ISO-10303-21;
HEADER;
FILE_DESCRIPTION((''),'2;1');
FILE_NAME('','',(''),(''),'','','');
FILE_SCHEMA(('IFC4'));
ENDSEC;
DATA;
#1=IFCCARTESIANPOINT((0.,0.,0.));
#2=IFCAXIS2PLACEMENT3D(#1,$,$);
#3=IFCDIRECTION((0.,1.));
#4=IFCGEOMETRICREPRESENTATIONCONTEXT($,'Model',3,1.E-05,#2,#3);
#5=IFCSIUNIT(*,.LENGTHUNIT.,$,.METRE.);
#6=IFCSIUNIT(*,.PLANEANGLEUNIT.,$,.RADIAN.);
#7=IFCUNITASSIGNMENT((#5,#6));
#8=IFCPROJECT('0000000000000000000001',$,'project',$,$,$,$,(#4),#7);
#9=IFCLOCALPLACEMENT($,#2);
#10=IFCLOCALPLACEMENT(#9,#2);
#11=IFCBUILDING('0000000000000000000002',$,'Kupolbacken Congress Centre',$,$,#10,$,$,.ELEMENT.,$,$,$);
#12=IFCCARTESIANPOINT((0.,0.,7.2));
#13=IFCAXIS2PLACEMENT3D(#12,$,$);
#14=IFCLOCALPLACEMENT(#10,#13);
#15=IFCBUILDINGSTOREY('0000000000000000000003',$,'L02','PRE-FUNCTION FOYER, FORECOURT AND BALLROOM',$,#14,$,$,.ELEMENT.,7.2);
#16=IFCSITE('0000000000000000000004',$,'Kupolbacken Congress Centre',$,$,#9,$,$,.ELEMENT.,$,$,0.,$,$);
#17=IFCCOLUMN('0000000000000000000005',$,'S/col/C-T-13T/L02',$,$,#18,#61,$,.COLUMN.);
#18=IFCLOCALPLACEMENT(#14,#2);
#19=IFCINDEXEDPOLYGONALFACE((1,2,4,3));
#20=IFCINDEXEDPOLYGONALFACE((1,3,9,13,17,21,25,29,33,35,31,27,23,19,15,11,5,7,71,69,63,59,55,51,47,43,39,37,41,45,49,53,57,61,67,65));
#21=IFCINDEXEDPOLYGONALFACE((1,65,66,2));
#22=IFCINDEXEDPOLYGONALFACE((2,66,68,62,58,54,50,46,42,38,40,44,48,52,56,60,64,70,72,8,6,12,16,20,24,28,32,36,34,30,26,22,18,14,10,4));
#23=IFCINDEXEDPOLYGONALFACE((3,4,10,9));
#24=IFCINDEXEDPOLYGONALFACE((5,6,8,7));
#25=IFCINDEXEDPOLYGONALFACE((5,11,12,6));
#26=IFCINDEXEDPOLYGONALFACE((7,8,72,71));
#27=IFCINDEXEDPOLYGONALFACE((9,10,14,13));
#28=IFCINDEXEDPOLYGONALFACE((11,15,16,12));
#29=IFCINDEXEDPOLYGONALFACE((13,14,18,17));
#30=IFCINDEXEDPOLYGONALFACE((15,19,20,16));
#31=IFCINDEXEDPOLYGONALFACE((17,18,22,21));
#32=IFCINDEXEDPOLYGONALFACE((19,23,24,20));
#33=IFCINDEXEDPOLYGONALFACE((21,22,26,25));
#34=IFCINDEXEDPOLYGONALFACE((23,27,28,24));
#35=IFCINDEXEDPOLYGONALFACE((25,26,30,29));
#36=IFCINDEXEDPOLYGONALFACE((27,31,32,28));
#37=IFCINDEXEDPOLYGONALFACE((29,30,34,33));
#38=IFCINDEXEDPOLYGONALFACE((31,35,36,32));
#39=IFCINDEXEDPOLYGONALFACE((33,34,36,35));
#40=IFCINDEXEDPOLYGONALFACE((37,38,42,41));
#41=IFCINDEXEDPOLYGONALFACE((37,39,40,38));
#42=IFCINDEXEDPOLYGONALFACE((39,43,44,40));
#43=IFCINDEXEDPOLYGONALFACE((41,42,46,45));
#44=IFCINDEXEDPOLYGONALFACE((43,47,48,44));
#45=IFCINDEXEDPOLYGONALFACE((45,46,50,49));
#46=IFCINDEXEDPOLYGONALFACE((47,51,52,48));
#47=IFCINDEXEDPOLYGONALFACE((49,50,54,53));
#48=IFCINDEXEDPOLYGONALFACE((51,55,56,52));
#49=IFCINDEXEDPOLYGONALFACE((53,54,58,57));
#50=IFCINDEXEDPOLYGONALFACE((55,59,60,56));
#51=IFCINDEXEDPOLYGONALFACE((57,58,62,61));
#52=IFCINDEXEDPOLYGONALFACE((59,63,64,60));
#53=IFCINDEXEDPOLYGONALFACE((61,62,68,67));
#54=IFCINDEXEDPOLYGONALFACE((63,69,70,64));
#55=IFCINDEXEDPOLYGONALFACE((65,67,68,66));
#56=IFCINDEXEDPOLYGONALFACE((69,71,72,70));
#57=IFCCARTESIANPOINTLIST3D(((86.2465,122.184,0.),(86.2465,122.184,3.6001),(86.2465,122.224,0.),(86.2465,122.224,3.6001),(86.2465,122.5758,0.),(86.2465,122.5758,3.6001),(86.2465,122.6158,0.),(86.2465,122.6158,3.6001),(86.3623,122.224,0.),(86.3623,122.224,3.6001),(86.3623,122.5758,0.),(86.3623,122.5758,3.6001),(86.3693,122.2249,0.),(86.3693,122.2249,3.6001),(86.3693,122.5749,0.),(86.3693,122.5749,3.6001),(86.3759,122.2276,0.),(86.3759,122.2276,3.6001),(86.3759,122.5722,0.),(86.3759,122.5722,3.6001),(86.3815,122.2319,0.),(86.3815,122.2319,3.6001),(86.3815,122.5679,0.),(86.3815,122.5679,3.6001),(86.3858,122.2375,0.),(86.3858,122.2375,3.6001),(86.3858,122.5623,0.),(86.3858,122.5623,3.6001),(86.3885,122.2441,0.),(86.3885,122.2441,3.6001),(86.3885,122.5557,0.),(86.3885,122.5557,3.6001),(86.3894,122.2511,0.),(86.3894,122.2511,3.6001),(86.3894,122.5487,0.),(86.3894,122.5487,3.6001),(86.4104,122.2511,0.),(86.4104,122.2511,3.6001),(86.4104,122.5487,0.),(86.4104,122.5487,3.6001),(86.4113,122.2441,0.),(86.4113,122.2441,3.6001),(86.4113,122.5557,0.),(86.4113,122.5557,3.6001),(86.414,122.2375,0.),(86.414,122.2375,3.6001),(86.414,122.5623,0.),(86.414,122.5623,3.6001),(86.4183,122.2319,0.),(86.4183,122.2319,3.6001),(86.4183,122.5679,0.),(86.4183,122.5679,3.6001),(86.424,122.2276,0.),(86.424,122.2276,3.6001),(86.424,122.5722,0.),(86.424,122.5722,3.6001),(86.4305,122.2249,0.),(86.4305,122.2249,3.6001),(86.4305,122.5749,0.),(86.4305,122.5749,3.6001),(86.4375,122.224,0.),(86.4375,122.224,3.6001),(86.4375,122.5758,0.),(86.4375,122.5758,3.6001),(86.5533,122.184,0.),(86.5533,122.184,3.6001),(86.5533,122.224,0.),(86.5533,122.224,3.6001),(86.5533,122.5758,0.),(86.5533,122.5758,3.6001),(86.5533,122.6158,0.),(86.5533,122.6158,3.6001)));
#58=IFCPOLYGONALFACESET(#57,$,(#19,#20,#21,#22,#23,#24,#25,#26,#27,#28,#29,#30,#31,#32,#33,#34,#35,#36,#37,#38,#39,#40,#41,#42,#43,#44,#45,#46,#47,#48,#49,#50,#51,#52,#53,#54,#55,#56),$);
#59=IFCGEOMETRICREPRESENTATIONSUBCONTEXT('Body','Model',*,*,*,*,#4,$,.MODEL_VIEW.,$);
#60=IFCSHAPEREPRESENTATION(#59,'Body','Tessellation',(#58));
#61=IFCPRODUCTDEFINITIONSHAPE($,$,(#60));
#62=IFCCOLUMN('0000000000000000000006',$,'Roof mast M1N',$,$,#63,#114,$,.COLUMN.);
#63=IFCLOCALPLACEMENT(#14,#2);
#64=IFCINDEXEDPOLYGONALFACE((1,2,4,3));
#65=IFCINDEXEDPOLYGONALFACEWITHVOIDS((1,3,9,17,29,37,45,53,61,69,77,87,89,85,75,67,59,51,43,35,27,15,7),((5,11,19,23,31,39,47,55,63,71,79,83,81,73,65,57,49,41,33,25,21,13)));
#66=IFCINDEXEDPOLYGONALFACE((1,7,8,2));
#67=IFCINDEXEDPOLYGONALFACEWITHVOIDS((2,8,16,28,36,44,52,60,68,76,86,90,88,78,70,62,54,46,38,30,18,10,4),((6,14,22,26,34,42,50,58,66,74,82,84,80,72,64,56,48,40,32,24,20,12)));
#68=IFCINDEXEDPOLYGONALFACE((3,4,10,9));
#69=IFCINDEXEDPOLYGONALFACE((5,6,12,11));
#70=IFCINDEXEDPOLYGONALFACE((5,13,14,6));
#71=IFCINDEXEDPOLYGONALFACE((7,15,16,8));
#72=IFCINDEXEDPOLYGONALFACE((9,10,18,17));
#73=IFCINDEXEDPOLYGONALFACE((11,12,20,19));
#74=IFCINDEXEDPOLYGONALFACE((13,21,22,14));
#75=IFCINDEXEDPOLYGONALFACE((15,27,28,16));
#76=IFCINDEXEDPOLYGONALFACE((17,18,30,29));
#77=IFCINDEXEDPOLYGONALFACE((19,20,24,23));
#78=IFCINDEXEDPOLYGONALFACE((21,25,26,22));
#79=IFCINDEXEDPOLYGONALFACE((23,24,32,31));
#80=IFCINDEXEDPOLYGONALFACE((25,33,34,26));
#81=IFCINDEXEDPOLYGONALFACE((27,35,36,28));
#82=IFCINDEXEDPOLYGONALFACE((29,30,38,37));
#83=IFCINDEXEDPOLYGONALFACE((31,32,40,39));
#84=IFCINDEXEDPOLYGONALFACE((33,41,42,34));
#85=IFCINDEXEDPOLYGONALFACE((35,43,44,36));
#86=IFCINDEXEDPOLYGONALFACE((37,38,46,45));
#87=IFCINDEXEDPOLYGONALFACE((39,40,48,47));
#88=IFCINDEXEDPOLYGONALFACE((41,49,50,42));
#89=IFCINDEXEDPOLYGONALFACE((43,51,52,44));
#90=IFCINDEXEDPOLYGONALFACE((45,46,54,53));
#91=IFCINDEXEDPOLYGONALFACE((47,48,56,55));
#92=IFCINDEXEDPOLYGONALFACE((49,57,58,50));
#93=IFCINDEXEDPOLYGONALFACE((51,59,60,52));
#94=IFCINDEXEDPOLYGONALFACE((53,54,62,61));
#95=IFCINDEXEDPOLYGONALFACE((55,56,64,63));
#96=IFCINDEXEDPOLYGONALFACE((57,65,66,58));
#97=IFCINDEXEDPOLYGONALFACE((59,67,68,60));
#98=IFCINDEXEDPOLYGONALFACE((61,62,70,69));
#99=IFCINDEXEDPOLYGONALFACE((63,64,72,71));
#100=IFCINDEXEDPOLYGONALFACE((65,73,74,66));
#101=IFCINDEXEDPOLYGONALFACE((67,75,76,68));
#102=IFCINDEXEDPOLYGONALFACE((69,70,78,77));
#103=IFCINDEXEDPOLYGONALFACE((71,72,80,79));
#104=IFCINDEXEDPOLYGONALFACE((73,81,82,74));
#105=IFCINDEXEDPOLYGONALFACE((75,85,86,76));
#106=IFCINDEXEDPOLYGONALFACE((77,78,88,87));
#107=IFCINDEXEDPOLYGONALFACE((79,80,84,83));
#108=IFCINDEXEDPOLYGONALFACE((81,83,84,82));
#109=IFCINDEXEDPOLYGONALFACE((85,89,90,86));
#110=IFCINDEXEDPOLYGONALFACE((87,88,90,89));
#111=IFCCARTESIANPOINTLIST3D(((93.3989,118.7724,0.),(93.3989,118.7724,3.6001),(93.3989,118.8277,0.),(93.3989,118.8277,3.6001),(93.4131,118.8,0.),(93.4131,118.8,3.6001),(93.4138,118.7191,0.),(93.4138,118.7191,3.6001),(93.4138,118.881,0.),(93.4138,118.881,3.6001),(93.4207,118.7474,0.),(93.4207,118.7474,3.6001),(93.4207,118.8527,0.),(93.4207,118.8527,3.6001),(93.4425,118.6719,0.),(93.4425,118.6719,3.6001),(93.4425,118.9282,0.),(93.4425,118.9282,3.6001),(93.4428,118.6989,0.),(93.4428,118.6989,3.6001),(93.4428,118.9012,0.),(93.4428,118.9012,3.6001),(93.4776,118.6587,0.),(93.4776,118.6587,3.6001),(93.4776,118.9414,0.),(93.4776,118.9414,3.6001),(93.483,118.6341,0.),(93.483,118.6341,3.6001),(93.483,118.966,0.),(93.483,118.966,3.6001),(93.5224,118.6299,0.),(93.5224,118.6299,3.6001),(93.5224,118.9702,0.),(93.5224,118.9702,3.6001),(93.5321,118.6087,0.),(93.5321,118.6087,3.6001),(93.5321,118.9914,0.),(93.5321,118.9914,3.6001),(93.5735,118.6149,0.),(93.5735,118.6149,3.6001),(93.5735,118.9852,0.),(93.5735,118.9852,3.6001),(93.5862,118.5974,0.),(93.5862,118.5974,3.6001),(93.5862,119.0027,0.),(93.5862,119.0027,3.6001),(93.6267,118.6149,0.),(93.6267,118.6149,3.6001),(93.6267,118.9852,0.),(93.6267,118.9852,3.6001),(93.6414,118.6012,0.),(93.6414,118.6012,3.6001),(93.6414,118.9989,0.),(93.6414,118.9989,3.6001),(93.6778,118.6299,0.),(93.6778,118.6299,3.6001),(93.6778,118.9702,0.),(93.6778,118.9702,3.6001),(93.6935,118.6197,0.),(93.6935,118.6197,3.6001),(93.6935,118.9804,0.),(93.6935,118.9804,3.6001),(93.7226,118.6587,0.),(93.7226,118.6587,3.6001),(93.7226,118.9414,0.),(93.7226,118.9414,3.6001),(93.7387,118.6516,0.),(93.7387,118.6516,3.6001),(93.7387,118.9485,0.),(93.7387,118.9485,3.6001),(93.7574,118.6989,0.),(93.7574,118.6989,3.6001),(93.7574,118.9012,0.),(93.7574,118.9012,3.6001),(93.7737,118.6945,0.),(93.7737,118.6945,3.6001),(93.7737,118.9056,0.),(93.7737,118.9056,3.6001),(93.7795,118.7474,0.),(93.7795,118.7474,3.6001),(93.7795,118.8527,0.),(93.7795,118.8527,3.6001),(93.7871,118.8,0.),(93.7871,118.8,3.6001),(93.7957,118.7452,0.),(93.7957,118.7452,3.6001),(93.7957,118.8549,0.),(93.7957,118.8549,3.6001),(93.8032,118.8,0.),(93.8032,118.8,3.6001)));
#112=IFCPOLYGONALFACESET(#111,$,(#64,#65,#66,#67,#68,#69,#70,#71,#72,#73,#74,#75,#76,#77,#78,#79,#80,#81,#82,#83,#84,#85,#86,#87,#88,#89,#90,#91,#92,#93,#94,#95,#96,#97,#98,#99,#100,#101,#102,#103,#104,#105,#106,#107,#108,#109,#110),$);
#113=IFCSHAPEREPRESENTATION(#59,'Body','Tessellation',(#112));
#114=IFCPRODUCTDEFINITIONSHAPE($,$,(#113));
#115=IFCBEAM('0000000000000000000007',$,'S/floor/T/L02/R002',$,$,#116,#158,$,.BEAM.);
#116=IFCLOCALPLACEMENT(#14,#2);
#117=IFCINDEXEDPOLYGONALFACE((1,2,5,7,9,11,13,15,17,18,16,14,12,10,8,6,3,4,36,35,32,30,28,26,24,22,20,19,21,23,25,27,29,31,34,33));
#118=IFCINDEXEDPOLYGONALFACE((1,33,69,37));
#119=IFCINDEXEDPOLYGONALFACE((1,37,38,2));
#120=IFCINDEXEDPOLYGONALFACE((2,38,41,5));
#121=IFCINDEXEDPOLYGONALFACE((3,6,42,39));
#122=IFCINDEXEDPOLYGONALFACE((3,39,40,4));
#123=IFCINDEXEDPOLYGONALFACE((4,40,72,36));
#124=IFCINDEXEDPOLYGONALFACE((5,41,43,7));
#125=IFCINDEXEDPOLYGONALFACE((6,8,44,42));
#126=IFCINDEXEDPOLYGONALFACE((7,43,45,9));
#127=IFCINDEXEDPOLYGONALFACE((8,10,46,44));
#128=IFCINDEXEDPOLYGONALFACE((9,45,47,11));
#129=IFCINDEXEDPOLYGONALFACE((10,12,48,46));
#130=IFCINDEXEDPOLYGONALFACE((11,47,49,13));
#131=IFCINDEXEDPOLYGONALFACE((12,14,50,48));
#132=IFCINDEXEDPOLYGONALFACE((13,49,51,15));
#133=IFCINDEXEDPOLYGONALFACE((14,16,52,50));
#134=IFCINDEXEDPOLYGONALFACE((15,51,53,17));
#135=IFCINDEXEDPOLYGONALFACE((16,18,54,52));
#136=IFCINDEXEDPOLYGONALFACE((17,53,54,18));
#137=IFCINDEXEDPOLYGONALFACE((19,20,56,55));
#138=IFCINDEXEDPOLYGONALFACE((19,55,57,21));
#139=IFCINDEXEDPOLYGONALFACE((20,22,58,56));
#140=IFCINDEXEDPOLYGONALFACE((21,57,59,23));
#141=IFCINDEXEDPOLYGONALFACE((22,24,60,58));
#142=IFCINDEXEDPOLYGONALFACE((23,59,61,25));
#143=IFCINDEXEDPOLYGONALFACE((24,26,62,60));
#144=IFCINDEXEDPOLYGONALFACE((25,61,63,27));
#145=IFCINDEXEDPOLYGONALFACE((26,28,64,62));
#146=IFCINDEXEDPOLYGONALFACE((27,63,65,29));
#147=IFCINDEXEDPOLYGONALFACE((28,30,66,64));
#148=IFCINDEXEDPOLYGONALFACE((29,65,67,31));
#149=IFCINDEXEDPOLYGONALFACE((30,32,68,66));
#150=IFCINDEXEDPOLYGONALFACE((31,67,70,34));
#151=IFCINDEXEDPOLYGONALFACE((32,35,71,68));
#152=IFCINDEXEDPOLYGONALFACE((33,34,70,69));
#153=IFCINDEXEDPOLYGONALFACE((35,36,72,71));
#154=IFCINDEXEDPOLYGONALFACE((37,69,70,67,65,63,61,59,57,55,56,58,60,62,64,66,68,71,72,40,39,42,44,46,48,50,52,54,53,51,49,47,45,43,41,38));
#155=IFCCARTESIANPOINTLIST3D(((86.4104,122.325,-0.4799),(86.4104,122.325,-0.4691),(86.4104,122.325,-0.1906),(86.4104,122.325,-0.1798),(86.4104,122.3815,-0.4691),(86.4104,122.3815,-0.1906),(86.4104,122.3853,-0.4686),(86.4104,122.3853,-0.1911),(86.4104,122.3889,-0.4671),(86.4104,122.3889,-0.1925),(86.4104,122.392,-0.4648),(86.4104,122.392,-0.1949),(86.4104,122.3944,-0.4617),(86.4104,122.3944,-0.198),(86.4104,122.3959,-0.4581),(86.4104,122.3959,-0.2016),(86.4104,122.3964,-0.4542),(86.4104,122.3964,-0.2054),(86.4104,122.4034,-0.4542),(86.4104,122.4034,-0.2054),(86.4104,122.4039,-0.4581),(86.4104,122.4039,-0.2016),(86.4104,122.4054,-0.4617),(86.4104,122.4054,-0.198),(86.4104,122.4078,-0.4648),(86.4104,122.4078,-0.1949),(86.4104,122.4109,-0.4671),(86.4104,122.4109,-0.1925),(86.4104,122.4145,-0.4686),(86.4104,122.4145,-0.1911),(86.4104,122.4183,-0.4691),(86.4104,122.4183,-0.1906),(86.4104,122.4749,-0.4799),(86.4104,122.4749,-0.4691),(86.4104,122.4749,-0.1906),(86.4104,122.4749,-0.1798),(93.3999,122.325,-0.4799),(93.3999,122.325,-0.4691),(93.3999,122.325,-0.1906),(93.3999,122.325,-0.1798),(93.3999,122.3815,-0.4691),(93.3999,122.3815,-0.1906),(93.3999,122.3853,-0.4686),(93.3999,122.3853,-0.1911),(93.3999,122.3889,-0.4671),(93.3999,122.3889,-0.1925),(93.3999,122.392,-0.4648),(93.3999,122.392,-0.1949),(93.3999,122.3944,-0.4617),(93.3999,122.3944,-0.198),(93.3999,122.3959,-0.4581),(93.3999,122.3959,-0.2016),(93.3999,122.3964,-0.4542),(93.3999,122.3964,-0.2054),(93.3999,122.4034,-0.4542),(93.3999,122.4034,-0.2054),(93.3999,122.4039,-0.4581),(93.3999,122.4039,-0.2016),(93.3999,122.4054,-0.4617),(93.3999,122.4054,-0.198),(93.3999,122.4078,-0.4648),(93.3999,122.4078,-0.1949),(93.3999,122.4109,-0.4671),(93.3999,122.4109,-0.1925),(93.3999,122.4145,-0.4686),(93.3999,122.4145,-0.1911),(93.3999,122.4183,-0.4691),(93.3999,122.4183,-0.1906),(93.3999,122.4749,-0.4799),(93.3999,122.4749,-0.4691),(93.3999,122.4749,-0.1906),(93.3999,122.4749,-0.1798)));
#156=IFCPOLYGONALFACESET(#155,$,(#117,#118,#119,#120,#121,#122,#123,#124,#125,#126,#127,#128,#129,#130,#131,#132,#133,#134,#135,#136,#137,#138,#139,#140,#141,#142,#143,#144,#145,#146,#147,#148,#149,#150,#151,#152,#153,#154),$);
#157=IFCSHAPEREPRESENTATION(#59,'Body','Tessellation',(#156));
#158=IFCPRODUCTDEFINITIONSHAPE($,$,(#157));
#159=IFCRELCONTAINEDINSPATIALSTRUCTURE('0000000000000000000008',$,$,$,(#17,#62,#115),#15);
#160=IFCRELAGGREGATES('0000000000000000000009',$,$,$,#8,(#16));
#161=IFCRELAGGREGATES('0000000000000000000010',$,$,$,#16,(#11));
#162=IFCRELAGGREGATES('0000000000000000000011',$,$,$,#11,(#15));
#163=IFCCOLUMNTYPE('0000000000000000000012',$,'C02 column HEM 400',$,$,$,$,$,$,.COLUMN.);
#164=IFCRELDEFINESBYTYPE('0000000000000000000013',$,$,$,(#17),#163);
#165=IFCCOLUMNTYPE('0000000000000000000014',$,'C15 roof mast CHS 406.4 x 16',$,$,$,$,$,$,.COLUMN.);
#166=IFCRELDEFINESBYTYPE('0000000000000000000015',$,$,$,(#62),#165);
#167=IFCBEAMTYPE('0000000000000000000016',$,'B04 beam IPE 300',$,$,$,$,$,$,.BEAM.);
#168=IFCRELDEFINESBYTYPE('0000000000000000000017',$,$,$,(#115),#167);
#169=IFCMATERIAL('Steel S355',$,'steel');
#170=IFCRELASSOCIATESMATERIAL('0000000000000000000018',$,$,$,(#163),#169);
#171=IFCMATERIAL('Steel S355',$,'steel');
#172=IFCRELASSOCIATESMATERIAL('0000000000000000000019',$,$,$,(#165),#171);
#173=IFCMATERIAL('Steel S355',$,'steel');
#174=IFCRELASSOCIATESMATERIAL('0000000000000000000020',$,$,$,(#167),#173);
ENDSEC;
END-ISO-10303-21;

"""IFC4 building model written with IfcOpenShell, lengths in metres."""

from ifc_helpers import new_model, si_unit, direction, frame, origin, origin_2d, place, context, subcontext, project, spatial, hollow_circle, i_section, extrude, material, material_profile, profile_set, type_object, element, save


model = new_model("IFC4")

# Units and contexts
model_context = context("Model", 3, precision=1e-05, world=origin(), true_north=direction((0.0, 1.0)))
body_context = subcontext(model_context, "Body", "Model", "MODEL_VIEW")
ifc_project = project(units=[si_unit("LENGTHUNIT", "METRE"), si_unit("PLANEANGLEUNIT", "RADIAN")], contexts=[model_context])

# Site, building, storey
site_placement = place(None, origin())
site = spatial("IfcSite", under=ifc_project, at=site_placement, Name="Kupolbacken Congress Centre", CompositionType="ELEMENT", RefElevation=0.0)
building_placement = place(site_placement, origin())
building = spatial("IfcBuilding", under=site, at=building_placement, Name="Kupolbacken Congress Centre", CompositionType="ELEMENT")
storey_placement = place(building_placement, frame((0.0, 0.0, 7.2)))
storey = spatial("IfcBuildingStorey", under=building, at=storey_placement, Name="L02", Description="PRE-FUNCTION FOYER, FORECOURT AND BALLROOM", CompositionType="ELEMENT", Elevation=7.2)

# Columns
ifc_material_1 = material(Name="Steel S355", Category="steel")
ifc_material_profile_1 = material_profile(ifc_material_1, i_section(OverallWidth=0.3069, OverallDepth=0.4319, WebThickness=0.021, FlangeThickness=0.04, FilletRadius=0.0271, at=origin_2d()), Name="HEM 400")
ifc_profile_set_1 = profile_set([ifc_material_profile_1], Name="Steel S355")
column_type_1 = type_object("IfcColumnType", Name="C02 column HEM 400", PredefinedType="COLUMN", material=ifc_profile_set_1)
column_1_placement = place(storey_placement, frame((86.3999, 122.3999, 0.0), z_axis=(0.0, 0.0, 1.0), x_axis=(1.0, 0.0, 0.0)))
element("IfcColumn", 1, at=column_1_placement, inside=storey, type_object=column_type_1, Name="S/col/C-T-13T/L02", PredefinedType="COLUMN", context=body_context, shape_type="SweptSolid", body=[
    extrude(i_section(OverallWidth=0.3069, OverallDepth=0.4319, WebThickness=0.021, FlangeThickness=0.04, FilletRadius=0.0271, at=origin_2d()), origin(), (0.0, 0.0, 1.0), 3.6001),
])
ifc_material_2 = material(Name="Steel S355", Category="steel")
ifc_material_profile_2 = material_profile(ifc_material_2, hollow_circle(Radius=0.2031, WallThickness=0.0161, at=origin_2d()), Name="CHS 406.4 x 16")
ifc_profile_set_2 = profile_set([ifc_material_profile_2], Name="Steel S355")
column_type_2 = type_object("IfcColumnType", Name="C15 roof mast CHS 406.4 x 16", PredefinedType="COLUMN", material=ifc_profile_set_2)
column_2_placement = place(storey_placement, frame((93.6001, 118.8, 0.0), z_axis=(0.0, 0.0, 1.0), x_axis=(1.0, 0.0, 0.0)))
element("IfcColumn", 2, at=column_2_placement, inside=storey, type_object=column_type_2, Name="Roof mast M1N", PredefinedType="COLUMN", context=body_context, shape_type="SweptSolid", body=[
    extrude(hollow_circle(Radius=0.2031, WallThickness=0.0161, at=origin_2d()), origin(), (0.0, 0.0, 1.0), 3.6001),
])

# Beam
ifc_material_3 = material(Name="Steel S355", Category="steel")
ifc_material_profile_3 = material_profile(ifc_material_3, i_section(OverallWidth=0.1499, OverallDepth=0.3, WebThickness=0.0071, FlangeThickness=0.0107, FilletRadius=0.0149, at=origin_2d()), Name="IPE 300")
ifc_profile_set_3 = profile_set([ifc_material_profile_3], Name="Steel S355")
beam_type_1 = type_object("IfcBeamType", Name="B04 beam IPE 300", PredefinedType="BEAM", material=ifc_profile_set_3)
beam_1_placement = place(storey_placement, frame((86.4104, 122.3999, -0.3298), z_axis=(1.0, 0.0, 0.0), x_axis=(0.0, 1.0, 0.0)))
element("IfcBeam", 3, at=beam_1_placement, inside=storey, type_object=beam_type_1, Name="S/floor/T/L02/R002", PredefinedType="BEAM", context=body_context, shape_type="SweptSolid", body=[
    extrude(i_section(OverallWidth=0.1499, OverallDepth=0.3, WebThickness=0.0071, FlangeThickness=0.0107, FilletRadius=0.0149, at=origin_2d()), origin(), (0.0, 0.0, 1.0), 6.9895),
])

save(model, "model.ifc")
